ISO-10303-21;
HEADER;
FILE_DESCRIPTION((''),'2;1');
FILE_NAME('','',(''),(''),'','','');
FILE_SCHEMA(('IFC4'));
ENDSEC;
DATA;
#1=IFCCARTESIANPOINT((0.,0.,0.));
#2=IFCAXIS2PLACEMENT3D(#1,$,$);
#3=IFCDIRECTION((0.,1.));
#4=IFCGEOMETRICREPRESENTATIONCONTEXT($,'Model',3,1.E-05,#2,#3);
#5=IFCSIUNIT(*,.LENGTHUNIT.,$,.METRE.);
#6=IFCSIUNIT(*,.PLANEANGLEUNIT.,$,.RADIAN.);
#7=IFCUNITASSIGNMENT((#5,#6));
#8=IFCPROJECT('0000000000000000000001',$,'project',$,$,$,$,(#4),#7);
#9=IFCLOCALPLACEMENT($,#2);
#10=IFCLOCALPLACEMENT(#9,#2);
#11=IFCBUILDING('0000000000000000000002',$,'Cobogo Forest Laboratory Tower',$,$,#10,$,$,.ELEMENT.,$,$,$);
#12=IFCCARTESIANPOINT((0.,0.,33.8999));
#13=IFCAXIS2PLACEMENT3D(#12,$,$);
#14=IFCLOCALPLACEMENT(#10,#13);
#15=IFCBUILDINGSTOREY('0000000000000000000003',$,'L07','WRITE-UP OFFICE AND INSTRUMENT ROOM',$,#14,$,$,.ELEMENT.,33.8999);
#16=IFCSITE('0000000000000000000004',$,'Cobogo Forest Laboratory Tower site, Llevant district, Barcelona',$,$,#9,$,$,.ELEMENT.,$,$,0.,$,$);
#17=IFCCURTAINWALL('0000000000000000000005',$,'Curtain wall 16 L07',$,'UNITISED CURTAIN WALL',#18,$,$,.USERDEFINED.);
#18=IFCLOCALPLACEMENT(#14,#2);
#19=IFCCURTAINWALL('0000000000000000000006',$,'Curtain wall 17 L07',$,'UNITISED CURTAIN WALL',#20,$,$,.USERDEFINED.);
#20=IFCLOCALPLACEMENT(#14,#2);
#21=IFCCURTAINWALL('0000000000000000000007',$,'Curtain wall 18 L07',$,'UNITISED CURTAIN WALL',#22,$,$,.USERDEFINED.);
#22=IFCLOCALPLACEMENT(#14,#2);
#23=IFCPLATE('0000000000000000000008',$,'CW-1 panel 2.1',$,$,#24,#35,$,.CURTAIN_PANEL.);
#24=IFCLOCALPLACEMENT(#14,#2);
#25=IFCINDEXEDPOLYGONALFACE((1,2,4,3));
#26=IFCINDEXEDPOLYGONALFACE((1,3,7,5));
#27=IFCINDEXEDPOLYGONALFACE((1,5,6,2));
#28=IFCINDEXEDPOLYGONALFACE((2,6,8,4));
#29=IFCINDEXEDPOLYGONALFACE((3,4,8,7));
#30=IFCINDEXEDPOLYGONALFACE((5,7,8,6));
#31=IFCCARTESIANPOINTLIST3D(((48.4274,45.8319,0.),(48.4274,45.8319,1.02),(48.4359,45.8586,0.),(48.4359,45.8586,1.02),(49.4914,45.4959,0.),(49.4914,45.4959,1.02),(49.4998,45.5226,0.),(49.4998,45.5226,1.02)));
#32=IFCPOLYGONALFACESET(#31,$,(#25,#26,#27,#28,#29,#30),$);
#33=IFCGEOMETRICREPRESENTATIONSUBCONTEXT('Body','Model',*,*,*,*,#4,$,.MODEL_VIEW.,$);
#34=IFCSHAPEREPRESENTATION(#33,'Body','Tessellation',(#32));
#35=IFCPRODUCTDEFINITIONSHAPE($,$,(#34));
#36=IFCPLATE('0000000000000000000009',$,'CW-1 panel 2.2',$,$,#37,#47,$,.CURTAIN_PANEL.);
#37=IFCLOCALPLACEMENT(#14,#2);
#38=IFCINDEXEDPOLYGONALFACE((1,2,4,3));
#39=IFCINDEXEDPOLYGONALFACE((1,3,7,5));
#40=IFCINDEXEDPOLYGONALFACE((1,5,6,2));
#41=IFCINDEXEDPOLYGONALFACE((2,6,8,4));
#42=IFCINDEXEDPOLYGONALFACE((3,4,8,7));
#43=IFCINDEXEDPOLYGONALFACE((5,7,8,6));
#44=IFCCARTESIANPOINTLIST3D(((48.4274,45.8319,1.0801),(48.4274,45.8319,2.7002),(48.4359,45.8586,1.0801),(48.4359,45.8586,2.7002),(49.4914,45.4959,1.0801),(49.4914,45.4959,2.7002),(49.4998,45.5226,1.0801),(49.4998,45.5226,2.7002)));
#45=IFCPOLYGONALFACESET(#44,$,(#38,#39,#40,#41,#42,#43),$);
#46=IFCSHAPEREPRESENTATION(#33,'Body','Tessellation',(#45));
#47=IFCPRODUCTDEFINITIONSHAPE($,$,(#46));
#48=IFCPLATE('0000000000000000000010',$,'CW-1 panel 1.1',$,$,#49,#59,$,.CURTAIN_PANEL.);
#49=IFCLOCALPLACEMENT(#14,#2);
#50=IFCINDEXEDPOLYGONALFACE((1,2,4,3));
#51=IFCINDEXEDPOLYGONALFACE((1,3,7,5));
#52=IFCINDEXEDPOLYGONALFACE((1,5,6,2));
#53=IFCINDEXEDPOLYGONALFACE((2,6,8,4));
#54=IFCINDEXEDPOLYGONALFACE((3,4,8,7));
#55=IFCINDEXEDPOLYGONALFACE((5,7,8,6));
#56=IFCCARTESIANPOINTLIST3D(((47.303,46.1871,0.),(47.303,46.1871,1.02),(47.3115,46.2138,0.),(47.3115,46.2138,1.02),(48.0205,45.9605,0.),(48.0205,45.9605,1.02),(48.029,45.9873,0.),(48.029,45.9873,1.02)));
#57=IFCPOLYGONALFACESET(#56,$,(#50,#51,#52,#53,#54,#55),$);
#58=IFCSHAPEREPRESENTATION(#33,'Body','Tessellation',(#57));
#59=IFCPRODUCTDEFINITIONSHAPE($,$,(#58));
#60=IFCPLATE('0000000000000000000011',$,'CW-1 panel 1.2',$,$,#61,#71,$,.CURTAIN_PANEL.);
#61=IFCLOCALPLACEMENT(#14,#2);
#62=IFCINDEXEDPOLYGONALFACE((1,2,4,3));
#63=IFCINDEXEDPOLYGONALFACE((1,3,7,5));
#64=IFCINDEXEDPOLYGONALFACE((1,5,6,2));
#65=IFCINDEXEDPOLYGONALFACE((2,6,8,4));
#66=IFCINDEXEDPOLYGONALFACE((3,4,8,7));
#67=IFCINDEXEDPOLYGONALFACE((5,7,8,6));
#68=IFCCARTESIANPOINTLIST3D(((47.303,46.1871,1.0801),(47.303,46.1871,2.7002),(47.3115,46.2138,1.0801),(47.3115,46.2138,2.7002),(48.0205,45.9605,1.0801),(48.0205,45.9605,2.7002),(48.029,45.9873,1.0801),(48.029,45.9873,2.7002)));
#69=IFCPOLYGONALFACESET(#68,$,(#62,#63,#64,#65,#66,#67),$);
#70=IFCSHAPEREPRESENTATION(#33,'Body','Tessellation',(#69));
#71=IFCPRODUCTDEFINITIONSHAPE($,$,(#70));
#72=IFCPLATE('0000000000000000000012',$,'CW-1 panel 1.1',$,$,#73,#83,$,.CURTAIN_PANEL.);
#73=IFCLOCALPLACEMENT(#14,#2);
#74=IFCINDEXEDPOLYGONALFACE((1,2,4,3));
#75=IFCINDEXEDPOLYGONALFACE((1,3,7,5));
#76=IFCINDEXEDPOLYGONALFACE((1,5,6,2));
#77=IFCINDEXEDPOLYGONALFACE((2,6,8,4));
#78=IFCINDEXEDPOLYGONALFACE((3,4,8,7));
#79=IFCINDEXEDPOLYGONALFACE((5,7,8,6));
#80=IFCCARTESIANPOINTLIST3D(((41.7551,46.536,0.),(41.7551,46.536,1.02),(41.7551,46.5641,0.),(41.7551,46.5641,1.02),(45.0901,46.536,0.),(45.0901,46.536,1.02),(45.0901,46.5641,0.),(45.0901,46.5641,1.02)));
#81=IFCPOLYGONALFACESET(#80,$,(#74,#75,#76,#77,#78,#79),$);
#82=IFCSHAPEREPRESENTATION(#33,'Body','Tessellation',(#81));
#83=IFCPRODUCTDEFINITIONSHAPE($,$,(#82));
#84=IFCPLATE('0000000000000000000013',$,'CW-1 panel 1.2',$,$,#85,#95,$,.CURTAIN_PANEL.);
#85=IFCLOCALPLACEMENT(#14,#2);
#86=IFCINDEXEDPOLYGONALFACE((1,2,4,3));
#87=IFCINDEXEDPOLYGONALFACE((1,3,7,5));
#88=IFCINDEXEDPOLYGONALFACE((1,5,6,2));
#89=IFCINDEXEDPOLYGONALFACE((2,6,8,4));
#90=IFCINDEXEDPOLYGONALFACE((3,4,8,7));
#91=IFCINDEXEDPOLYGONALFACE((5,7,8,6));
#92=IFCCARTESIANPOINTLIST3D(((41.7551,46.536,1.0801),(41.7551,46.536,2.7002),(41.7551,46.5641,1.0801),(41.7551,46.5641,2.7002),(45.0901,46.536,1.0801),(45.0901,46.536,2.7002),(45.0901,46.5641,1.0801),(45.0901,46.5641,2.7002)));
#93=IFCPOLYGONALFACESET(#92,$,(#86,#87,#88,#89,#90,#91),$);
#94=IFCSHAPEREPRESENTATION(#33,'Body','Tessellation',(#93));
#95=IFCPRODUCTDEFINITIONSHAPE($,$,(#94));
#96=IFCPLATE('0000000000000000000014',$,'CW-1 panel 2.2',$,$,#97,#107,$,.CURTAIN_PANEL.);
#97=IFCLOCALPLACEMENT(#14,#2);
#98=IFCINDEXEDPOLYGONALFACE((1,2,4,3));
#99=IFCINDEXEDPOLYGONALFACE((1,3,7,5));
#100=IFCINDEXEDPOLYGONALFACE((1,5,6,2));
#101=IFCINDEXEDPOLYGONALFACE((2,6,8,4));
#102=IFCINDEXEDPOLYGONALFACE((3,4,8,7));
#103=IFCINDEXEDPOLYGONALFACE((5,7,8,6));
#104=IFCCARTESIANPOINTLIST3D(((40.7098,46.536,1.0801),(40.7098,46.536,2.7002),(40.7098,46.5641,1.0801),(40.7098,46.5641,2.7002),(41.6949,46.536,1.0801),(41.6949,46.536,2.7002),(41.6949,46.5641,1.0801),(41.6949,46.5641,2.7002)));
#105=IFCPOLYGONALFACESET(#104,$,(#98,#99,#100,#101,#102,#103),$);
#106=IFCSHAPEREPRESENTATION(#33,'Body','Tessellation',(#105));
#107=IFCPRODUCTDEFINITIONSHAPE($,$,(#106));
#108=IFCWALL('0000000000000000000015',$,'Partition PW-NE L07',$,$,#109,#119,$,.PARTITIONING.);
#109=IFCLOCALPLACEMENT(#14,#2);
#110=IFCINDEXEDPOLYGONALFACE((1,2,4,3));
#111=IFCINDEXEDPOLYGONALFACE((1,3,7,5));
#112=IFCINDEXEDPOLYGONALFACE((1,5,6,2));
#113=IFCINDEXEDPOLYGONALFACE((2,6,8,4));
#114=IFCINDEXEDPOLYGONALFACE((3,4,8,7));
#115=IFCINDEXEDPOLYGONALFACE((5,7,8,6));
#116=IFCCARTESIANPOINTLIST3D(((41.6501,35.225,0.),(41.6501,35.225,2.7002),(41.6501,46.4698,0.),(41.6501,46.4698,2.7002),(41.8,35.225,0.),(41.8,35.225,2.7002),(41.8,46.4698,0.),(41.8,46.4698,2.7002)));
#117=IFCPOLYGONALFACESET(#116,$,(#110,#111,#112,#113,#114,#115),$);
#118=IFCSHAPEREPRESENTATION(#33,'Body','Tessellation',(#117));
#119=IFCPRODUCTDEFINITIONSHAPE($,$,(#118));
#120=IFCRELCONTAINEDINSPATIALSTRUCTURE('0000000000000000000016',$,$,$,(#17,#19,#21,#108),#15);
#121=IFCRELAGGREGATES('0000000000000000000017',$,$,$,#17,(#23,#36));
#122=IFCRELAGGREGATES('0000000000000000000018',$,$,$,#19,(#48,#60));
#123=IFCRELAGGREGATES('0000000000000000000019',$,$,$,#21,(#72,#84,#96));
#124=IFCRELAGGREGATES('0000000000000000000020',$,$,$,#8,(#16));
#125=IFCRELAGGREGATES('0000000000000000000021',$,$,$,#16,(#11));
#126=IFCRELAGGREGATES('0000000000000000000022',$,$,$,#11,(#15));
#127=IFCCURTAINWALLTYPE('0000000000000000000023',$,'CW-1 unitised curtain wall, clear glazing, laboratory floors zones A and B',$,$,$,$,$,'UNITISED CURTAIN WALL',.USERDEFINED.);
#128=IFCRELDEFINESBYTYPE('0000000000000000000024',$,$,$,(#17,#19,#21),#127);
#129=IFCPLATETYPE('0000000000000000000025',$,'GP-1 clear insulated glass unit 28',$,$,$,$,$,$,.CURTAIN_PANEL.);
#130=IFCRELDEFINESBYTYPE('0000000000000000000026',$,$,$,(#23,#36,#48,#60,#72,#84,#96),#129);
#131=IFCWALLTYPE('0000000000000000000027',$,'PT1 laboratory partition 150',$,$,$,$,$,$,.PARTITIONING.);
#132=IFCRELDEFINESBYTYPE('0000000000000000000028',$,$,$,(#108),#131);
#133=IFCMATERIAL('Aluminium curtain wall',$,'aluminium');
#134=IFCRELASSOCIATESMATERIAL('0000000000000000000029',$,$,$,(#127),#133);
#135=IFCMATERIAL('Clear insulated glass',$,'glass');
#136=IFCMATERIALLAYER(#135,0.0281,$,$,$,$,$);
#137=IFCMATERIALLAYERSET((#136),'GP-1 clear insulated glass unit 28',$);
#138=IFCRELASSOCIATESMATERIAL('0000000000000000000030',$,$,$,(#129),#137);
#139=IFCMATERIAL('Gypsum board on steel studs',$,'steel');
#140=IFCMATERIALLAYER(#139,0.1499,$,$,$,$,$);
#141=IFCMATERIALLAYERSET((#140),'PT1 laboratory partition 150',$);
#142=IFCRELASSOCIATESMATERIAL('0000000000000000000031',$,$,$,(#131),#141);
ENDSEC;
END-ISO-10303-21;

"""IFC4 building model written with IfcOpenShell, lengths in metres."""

from ifc_helpers import new_model, si_unit, direction, frame, frame_2d, origin, origin_2d, place, context, subcontext, project, spatial, rectangle, extrude, material, layer, layer_set, type_object, element, aggregate, save


model = new_model("IFC4")

# Units and contexts
model_context = context("Model", 3, precision=1e-05, world=origin(), true_north=direction((0.0, 1.0)))
body_context = subcontext(model_context, "Body", "Model", "MODEL_VIEW")
ifc_project = project(units=[si_unit("LENGTHUNIT", "METRE"), si_unit("PLANEANGLEUNIT", "RADIAN")], contexts=[model_context])

# Site, building, storey
site_placement = place(None, origin())
site = spatial("IfcSite", under=ifc_project, at=site_placement, Name="Cobogo Forest Laboratory Tower site, Llevant district, Barcelona", CompositionType="ELEMENT", RefElevation=0.0)
building_placement = place(site_placement, origin())
building = spatial("IfcBuilding", under=site, at=building_placement, Name="Cobogo Forest Laboratory Tower", CompositionType="ELEMENT")
storey_placement = place(building_placement, frame((0.0, 0.0, 33.8999)))
storey = spatial("IfcBuildingStorey", under=building, at=storey_placement, Name="L07", Description="WRITE-UP OFFICE AND INSTRUMENT ROOM", CompositionType="ELEMENT", Elevation=33.8999)

# Curtain walls
ifc_material_1 = material(Name="Aluminium curtain wall", Category="aluminium")
curtain_wall_type = type_object("IfcCurtainWallType", Name="CW-1 unitised curtain wall, clear glazing, laboratory floors zones A and B", ElementType="UNITISED CURTAIN WALL", PredefinedType="USERDEFINED", material=ifc_material_1)
curtain_wall_1_placement = place(storey_placement, origin())
curtain_wall_1 = element("IfcCurtainWall", 1, at=curtain_wall_1_placement, inside=storey, type_object=curtain_wall_type, Name="Curtain wall 16 L07", ObjectType="UNITISED CURTAIN WALL", PredefinedType="USERDEFINED")
curtain_wall_2_placement = place(storey_placement, origin())
curtain_wall_2 = element("IfcCurtainWall", 2, at=curtain_wall_2_placement, inside=storey, type_object=curtain_wall_type, Name="Curtain wall 17 L07", ObjectType="UNITISED CURTAIN WALL", PredefinedType="USERDEFINED")
curtain_wall_3_placement = place(storey_placement, origin())
curtain_wall_3 = element("IfcCurtainWall", 3, at=curtain_wall_3_placement, inside=storey, type_object=curtain_wall_type, Name="Curtain wall 18 L07", ObjectType="UNITISED CURTAIN WALL", PredefinedType="USERDEFINED")

# Plates
ifc_material_2 = material(Name="Clear insulated glass", Category="glass")
ifc_layer_1 = layer(ifc_material_2, 0.0281)
ifc_layer_set_1 = layer_set([ifc_layer_1], Name="GP-1 clear insulated glass unit 28")
plate_type = type_object("IfcPlateType", Name="GP-1 clear insulated glass unit 28", PredefinedType="CURTAIN_PANEL", material=ifc_layer_set_1)
plate_1_placement = place(storey_placement, frame((48.9636, 45.6772, 0.0), z_axis=(0.0, 0.0, 1.0), x_axis=(-0.953581, 0.301135, 0.0)))
plate_1 = element("IfcPlate", 4, at=plate_1_placement, type_object=plate_type, Name="CW-1 panel 2.1", PredefinedType="CURTAIN_PANEL", context=body_context, shape_type="SweptSolid", body=[
    extrude(rectangle(XDim=1.1157, YDim=0.0281, at=origin_2d()), origin(), (0.0, 0.0, 1.0), 1.02),
])
plate_2_placement = place(storey_placement, frame((48.9636, 45.6772, 1.0801), z_axis=(0.0, 0.0, 1.0), x_axis=(-0.953581, 0.301135, 0.0)))
plate_2 = element("IfcPlate", 5, at=plate_2_placement, type_object=plate_type, Name="CW-1 panel 2.2", PredefinedType="CURTAIN_PANEL", context=body_context, shape_type="SweptSolid", body=[
    extrude(rectangle(XDim=1.1157, YDim=0.0281, at=origin_2d()), origin(), (0.0, 0.0, 1.0), 1.6201),
])
aggregate(curtain_wall_1, [plate_1, plate_2])
plate_3_placement = place(storey_placement, frame((47.666, 46.0872, 0.0), z_axis=(0.0, 0.0, 1.0), x_axis=(-0.953582, 0.301135, 0.0)))
plate_3 = element("IfcPlate", 6, at=plate_3_placement, type_object=plate_type, Name="CW-1 panel 1.1", PredefinedType="CURTAIN_PANEL", context=body_context, shape_type="SweptSolid", body=[
    extrude(rectangle(XDim=0.7524, YDim=0.0281, at=origin_2d()), origin(), (0.0, 0.0, 1.0), 1.02),
])
plate_4_placement = place(storey_placement, frame((47.666, 46.0872, 1.0801), z_axis=(0.0, 0.0, 1.0), x_axis=(-0.953582, 0.301135, 0.0)))
plate_4 = element("IfcPlate", 7, at=plate_4_placement, type_object=plate_type, Name="CW-1 panel 1.2", PredefinedType="CURTAIN_PANEL", context=body_context, shape_type="SweptSolid", body=[
    extrude(rectangle(XDim=0.7524, YDim=0.0281, at=origin_2d()), origin(), (0.0, 0.0, 1.0), 1.6201),
])
aggregate(curtain_wall_2, [plate_3, plate_4])
plate_5_placement = place(storey_placement, frame((43.4226, 46.55, 0.0), z_axis=(0.0, 0.0, 1.0), x_axis=(-1.0, 0.0, 0.0)))
plate_5 = element("IfcPlate", 8, at=plate_5_placement, type_object=plate_type, Name="CW-1 panel 1.1", PredefinedType="CURTAIN_PANEL", context=body_context, shape_type="SweptSolid", body=[
    extrude(rectangle(XDim=3.335, YDim=0.0281, at=origin_2d()), origin(), (0.0, 0.0, 1.0), 1.02),
])
plate_6_placement = place(storey_placement, frame((43.4226, 46.55, 1.0801), z_axis=(0.0, 0.0, 1.0), x_axis=(-1.0, 0.0, 0.0)))
plate_6 = element("IfcPlate", 9, at=plate_6_placement, type_object=plate_type, Name="CW-1 panel 1.2", PredefinedType="CURTAIN_PANEL", context=body_context, shape_type="SweptSolid", body=[
    extrude(rectangle(XDim=3.335, YDim=0.0281, at=origin_2d()), origin(), (0.0, 0.0, 1.0), 1.6201),
])
plate_7_placement = place(storey_placement, frame((41.2024, 46.55, 1.0801), z_axis=(0.0, 0.0, 1.0), x_axis=(-1.0, 0.0, 0.0)))
plate_7 = element("IfcPlate", 10, at=plate_7_placement, type_object=plate_type, Name="CW-1 panel 2.2", PredefinedType="CURTAIN_PANEL", context=body_context, shape_type="SweptSolid", body=[
    extrude(rectangle(XDim=0.9851, YDim=0.0281, at=origin_2d()), origin(), (0.0, 0.0, 1.0), 1.6201),
])
aggregate(curtain_wall_3, [plate_5, plate_6, plate_7])

# Wall
ifc_material_3 = material(Name="Gypsum board on steel studs", Category="steel")
ifc_layer_2 = layer(ifc_material_3, 0.1499)
ifc_layer_set_2 = layer_set([ifc_layer_2], Name="PT1 laboratory partition 150")
wall_type = type_object("IfcWallType", Name="PT1 laboratory partition 150", PredefinedType="PARTITIONING", material=ifc_layer_set_2)
wall_placement = place(storey_placement, frame((41.7251, 46.47, 0.0), z_axis=(0.0, 0.0, 1.0), x_axis=(0.0, -1.0, 0.0)))
element("IfcWall", 11, at=wall_placement, inside=storey, type_object=wall_type, Name="Partition PW-NE L07", PredefinedType="PARTITIONING", context=body_context, shape_type="SweptSolid", body=[
    extrude(rectangle(XDim=11.2449, YDim=0.1499, at=frame_2d((5.6226, 0.0))), origin(), (0.0, 0.0, 1.0), 2.7002),
])

save(model, "model.ifc")
